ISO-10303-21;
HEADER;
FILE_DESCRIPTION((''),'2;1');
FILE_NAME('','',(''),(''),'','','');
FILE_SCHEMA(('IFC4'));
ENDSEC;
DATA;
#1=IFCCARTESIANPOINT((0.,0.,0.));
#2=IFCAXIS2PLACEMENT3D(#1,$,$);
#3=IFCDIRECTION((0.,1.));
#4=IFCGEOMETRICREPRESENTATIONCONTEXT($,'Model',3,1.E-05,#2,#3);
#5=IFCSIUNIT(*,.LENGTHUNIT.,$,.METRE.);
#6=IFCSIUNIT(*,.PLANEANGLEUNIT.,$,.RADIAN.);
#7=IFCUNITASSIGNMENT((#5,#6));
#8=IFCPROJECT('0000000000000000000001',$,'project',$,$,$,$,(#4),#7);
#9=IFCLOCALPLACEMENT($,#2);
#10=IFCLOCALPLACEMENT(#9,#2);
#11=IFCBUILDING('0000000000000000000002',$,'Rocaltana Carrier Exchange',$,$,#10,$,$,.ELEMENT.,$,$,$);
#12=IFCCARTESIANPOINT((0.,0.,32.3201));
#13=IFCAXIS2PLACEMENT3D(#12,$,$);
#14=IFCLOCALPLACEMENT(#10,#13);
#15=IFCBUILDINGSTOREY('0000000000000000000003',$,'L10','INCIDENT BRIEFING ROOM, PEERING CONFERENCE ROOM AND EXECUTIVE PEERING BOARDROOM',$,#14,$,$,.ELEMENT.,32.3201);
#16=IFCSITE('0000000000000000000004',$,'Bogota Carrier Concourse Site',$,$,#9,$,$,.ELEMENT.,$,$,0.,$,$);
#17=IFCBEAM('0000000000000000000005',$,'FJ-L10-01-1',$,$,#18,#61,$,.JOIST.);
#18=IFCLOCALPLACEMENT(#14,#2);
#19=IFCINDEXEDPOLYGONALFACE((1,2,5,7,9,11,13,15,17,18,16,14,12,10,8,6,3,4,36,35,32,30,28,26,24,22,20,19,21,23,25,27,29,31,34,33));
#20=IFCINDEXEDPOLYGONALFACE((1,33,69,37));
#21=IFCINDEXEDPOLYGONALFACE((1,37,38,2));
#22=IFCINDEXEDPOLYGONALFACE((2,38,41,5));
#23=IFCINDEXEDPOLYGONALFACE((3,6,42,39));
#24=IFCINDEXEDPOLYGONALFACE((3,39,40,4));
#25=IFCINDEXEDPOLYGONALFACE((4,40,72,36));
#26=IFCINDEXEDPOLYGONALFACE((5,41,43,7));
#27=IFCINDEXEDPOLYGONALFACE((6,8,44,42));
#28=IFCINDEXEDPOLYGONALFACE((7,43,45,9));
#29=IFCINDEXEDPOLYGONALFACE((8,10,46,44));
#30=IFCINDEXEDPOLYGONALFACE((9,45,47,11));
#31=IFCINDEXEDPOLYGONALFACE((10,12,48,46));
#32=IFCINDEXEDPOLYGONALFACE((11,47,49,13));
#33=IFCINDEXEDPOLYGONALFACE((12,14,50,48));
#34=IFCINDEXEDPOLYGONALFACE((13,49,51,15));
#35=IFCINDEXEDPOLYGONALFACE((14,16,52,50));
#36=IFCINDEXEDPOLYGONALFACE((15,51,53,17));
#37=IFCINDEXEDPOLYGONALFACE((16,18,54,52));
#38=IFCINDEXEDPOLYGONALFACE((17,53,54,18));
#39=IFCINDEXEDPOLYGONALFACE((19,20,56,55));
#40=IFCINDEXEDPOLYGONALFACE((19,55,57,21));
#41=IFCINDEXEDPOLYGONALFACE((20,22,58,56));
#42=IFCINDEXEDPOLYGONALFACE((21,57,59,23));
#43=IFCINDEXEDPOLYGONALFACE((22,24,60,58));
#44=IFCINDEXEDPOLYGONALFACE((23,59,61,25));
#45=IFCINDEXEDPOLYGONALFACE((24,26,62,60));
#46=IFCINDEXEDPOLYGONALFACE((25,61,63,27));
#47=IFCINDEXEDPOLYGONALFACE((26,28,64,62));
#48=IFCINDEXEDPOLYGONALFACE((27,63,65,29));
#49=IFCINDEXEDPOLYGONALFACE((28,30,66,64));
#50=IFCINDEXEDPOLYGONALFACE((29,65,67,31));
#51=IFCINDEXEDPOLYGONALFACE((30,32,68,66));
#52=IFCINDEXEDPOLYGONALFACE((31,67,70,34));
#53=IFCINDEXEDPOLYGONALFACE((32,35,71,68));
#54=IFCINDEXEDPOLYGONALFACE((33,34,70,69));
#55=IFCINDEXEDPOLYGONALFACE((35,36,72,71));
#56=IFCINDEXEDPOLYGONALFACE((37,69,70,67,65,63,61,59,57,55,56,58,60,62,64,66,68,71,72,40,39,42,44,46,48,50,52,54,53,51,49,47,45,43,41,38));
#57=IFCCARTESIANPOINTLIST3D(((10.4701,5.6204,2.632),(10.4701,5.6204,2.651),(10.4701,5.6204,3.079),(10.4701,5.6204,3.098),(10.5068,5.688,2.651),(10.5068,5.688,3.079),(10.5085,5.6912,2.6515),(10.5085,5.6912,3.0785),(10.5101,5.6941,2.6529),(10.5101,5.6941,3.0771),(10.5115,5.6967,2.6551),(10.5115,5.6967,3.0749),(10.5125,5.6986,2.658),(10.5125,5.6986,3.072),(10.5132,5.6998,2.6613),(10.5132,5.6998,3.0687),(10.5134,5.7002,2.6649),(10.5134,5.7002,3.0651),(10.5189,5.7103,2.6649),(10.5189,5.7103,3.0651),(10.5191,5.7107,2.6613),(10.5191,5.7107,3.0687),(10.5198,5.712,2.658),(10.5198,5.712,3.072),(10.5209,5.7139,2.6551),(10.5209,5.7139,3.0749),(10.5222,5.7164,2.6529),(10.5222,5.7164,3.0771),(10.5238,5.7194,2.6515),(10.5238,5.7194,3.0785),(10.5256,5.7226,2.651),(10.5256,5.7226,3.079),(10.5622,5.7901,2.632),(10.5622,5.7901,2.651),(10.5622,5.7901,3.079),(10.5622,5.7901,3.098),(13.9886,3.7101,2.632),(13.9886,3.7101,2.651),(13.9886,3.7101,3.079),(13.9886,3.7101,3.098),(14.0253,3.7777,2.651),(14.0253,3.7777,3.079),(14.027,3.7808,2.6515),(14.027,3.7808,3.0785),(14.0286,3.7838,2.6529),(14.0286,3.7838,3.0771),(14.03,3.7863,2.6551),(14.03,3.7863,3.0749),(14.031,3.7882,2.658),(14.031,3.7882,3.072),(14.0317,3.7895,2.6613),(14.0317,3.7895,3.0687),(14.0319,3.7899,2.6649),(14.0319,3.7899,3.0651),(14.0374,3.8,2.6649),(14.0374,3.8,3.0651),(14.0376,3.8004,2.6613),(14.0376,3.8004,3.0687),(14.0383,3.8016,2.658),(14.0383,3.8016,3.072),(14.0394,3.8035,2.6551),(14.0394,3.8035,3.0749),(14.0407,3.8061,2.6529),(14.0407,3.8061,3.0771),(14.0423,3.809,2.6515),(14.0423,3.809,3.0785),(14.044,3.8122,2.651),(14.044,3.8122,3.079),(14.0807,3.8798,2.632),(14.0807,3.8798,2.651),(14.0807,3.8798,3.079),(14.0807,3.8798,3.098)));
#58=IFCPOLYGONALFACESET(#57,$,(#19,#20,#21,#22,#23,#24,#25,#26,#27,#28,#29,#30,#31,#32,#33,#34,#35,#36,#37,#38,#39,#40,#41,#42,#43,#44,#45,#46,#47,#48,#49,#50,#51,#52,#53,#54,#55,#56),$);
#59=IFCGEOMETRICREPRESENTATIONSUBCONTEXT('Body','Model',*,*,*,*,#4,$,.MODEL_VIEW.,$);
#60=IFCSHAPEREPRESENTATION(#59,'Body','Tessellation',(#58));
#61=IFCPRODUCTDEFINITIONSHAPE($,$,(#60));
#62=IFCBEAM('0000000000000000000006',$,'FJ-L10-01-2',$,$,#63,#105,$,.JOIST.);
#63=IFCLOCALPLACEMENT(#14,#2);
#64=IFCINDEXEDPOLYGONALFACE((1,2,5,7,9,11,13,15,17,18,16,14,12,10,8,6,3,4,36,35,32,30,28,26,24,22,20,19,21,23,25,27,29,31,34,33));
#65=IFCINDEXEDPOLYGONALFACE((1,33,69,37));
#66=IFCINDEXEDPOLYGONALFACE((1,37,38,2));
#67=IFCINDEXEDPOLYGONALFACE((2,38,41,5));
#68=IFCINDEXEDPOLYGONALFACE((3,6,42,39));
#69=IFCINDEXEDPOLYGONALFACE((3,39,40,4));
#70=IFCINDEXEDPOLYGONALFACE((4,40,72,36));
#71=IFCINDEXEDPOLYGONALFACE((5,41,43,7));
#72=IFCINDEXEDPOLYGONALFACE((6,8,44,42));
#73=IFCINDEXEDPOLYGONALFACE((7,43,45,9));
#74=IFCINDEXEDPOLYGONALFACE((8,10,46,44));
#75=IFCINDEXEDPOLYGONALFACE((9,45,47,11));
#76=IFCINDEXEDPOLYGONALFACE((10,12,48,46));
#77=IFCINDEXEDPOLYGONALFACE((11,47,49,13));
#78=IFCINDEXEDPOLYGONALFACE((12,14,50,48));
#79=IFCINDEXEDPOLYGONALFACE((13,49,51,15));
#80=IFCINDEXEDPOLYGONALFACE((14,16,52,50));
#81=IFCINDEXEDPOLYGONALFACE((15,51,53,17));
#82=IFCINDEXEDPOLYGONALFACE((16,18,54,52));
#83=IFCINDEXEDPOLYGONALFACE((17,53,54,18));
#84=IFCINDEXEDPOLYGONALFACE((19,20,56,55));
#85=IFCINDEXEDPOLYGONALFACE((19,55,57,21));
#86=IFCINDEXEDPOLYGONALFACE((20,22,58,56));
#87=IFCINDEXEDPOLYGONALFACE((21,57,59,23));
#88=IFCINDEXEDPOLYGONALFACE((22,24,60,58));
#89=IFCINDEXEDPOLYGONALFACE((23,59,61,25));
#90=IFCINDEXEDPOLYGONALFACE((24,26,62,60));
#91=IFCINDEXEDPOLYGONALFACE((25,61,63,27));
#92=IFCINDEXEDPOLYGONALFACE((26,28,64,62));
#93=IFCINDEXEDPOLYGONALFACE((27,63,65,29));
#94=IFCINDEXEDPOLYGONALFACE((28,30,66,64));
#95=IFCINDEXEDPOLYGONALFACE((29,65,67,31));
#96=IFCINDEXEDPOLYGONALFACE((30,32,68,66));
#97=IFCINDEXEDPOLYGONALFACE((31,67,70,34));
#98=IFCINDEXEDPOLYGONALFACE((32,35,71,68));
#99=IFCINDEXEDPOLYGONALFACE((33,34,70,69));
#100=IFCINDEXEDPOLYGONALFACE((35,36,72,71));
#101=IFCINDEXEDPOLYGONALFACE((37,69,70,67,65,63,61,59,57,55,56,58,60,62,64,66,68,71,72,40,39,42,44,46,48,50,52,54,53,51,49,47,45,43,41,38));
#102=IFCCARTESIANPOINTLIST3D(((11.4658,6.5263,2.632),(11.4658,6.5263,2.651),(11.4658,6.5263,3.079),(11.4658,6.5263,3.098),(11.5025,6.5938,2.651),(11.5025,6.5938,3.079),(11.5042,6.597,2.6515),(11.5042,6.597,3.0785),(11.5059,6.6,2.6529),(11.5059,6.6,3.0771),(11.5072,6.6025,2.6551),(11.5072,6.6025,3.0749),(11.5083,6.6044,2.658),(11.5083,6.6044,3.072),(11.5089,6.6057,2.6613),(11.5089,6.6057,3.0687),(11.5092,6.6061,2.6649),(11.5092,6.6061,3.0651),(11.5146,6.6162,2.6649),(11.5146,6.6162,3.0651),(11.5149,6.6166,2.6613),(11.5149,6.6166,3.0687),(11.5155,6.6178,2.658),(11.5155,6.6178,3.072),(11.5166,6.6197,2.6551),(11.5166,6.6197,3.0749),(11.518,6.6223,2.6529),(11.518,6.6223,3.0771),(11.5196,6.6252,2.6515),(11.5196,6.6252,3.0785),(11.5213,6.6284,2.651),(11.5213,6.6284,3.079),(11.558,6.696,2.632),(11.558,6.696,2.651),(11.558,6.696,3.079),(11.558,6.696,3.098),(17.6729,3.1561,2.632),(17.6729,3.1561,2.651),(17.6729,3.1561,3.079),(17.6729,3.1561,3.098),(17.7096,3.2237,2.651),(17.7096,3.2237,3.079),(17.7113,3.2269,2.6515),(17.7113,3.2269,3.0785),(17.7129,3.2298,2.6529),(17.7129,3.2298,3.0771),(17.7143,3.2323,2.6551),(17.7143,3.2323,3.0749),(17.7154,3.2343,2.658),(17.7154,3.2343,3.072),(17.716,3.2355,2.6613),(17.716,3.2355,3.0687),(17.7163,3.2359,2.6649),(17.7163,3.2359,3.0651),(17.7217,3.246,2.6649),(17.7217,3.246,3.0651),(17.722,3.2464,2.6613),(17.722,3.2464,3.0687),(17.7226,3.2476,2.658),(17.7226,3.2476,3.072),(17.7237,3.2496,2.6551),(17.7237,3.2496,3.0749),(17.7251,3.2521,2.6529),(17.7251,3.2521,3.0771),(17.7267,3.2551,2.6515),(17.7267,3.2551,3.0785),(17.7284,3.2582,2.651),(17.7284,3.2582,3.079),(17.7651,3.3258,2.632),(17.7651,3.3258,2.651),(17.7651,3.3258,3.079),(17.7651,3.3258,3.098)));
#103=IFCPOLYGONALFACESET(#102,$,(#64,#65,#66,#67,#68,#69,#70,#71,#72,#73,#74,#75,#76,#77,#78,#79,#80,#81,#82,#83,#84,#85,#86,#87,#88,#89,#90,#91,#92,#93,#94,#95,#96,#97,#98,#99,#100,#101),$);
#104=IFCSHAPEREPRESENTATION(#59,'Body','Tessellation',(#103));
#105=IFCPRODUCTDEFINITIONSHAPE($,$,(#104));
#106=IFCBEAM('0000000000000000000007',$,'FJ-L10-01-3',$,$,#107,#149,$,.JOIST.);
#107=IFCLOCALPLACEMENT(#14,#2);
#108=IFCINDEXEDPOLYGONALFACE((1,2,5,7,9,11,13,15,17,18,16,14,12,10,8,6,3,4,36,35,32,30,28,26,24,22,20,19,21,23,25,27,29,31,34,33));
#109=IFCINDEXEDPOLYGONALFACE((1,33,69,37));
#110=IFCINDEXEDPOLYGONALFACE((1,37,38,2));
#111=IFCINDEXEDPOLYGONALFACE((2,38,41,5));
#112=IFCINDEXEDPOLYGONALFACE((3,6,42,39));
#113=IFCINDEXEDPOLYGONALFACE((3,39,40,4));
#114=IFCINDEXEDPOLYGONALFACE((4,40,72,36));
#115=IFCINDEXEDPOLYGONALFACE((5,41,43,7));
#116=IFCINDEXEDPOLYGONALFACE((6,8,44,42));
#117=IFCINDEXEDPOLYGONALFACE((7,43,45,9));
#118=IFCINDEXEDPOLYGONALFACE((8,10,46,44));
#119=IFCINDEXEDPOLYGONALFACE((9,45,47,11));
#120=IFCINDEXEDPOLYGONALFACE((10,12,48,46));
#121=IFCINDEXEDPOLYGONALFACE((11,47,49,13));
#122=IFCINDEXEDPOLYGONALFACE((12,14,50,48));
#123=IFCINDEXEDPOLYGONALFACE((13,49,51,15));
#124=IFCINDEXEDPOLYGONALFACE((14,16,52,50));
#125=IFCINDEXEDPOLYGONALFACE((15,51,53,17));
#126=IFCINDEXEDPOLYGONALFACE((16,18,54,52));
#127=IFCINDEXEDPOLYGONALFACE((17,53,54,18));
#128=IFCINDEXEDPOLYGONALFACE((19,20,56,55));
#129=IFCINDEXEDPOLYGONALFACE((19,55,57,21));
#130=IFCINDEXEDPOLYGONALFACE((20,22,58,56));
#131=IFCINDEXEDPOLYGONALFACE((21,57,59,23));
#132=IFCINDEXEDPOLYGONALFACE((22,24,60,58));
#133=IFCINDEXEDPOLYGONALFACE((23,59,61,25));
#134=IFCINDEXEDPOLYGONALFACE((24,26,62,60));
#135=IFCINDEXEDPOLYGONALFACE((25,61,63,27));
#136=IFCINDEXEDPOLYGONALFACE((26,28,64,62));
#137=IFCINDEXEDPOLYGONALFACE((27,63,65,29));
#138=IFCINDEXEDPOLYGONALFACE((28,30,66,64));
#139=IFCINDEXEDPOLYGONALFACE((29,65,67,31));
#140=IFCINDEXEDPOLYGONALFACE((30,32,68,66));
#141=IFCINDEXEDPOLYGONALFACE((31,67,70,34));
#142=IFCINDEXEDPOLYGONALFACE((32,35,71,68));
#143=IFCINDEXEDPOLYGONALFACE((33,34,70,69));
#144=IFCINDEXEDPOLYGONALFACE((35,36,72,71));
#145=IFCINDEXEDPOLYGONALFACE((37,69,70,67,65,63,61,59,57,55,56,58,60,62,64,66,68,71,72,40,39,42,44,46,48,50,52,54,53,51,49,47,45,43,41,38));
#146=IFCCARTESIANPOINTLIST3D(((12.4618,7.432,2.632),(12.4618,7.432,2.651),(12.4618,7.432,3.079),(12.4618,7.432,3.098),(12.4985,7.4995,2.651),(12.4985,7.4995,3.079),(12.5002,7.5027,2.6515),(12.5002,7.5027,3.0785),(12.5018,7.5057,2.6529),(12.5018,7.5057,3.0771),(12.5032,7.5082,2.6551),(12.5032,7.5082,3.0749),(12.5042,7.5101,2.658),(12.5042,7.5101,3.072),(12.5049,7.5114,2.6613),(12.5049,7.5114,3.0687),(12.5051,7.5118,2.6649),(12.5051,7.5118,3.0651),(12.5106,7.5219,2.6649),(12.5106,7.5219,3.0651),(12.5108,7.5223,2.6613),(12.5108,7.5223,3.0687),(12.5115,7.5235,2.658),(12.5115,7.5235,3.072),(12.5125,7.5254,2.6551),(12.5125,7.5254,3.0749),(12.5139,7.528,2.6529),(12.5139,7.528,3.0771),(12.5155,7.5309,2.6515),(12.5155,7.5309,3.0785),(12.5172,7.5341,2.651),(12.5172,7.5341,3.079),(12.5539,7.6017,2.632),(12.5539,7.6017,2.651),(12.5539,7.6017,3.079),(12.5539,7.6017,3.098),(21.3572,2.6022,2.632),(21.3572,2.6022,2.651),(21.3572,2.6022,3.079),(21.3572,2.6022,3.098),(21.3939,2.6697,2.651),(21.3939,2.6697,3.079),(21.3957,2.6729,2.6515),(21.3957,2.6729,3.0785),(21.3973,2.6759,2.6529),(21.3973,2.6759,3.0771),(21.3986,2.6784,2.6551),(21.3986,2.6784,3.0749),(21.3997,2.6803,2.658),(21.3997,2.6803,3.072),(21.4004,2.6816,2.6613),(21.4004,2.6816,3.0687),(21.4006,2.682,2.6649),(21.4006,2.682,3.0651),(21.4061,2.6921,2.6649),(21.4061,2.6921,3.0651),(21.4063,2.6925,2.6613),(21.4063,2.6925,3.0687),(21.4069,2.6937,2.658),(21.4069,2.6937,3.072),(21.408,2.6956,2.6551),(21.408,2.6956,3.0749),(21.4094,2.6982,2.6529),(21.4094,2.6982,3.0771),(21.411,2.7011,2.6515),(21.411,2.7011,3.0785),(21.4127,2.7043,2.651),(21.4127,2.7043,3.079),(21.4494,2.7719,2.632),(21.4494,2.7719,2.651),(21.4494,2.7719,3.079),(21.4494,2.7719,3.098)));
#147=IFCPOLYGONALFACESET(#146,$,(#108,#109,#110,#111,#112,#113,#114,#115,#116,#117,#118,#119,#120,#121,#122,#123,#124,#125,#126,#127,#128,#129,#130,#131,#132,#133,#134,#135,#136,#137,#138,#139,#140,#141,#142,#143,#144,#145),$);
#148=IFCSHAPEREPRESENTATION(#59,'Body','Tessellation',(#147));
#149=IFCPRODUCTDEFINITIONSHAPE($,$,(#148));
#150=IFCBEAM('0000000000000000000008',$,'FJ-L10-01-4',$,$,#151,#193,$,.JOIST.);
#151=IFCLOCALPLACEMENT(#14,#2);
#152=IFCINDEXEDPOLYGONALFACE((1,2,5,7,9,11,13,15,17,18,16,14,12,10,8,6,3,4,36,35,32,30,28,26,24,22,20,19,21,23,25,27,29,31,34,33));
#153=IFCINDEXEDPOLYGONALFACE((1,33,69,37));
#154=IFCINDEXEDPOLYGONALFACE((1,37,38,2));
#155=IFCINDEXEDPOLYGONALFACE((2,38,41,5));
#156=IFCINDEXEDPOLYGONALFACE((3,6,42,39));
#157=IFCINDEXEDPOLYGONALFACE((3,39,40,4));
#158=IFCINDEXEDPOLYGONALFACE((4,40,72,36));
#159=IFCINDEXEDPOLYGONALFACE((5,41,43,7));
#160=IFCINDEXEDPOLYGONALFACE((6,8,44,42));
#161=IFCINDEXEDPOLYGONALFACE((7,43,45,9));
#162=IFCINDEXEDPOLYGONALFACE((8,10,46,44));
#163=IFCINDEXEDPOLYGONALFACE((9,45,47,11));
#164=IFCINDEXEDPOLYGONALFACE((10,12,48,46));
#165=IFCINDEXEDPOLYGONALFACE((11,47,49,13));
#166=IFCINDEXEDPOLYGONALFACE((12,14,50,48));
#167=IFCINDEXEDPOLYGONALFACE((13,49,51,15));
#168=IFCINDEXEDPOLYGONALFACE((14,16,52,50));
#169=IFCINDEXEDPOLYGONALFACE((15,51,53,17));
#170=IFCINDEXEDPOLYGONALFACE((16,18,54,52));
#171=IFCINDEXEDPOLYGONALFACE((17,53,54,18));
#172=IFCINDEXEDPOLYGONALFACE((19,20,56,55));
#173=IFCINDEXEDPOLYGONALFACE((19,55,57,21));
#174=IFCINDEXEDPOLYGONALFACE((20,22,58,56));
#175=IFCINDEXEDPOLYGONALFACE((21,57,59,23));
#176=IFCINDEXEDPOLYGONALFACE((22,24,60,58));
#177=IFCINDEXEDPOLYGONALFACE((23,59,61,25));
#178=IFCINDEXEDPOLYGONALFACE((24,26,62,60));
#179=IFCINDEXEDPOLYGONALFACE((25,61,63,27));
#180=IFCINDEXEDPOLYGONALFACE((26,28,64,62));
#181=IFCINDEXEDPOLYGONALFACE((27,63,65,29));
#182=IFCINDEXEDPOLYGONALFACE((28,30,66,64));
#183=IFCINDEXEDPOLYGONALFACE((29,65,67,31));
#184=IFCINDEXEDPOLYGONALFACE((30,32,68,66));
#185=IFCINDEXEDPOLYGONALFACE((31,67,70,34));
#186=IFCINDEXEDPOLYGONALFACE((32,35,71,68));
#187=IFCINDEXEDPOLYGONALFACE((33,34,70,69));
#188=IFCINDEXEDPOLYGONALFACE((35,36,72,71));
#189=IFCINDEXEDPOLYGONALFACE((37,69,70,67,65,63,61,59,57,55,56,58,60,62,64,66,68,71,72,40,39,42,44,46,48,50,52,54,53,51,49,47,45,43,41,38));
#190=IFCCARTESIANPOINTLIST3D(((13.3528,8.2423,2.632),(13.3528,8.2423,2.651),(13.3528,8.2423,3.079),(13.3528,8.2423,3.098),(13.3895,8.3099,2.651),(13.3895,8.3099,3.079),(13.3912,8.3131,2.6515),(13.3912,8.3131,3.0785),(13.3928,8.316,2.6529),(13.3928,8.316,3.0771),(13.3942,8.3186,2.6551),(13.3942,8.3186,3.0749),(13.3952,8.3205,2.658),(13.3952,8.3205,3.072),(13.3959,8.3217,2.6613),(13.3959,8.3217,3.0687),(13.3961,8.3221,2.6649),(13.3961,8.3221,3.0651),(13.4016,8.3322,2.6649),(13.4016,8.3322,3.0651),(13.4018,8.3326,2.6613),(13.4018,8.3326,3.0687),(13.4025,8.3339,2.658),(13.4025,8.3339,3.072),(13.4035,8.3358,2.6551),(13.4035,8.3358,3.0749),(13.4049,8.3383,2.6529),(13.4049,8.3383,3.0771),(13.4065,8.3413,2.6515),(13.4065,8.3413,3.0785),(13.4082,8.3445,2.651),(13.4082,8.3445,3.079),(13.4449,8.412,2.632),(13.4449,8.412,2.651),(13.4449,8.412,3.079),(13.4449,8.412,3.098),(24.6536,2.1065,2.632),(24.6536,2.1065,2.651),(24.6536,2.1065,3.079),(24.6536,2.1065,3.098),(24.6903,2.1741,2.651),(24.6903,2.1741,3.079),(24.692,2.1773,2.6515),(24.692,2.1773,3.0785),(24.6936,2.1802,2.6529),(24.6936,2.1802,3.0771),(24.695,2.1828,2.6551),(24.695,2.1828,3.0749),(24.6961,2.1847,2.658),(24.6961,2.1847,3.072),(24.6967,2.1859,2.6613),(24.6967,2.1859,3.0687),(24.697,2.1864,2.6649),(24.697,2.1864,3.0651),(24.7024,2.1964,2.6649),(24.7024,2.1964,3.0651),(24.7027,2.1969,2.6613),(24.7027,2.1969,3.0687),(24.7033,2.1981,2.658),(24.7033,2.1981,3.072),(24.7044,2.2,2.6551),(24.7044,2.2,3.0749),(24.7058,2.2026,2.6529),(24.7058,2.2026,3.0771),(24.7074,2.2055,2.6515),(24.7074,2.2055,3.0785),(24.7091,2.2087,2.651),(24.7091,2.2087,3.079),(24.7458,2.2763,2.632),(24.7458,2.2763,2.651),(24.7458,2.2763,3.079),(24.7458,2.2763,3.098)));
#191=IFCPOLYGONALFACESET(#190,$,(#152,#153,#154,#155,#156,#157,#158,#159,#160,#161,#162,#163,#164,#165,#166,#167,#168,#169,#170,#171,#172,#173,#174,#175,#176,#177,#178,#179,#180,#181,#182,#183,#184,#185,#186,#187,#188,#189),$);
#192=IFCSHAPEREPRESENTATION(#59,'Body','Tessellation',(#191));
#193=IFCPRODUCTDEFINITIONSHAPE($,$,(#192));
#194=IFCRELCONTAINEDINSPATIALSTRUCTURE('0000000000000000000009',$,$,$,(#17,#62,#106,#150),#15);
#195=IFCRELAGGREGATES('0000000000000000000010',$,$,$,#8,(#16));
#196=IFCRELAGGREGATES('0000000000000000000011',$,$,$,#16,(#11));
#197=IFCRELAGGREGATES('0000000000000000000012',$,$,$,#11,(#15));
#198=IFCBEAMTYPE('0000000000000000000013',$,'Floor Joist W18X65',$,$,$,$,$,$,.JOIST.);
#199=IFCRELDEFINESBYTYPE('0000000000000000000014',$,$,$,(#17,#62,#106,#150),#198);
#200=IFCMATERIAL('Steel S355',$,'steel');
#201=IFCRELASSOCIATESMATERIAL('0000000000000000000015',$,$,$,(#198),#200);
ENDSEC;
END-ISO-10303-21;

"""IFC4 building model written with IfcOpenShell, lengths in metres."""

from ifc_helpers import new_model, si_unit, direction, frame, origin, origin_2d, place, context, subcontext, project, spatial, i_section, extrude, material, material_profile, profile_set, type_object, element, save


model = new_model("IFC4")

# Units and contexts
model_context = context("Model", 3, precision=1e-05, world=origin(), true_north=direction((0.0, 1.0)))
body_context = subcontext(model_context, "Body", "Model", "MODEL_VIEW")
ifc_project = project(units=[si_unit("LENGTHUNIT", "METRE"), si_unit("PLANEANGLEUNIT", "RADIAN")], contexts=[model_context])

# Site, building, storey
site_placement = place(None, origin())
site = spatial("IfcSite", under=ifc_project, at=site_placement, Name="Bogota Carrier Concourse Site", CompositionType="ELEMENT", RefElevation=0.0)
building_placement = place(site_placement, origin())
building = spatial("IfcBuilding", under=site, at=building_placement, Name="Rocaltana Carrier Exchange", CompositionType="ELEMENT")
storey_placement = place(building_placement, frame((0.0, 0.0, 32.3201)))
storey = spatial("IfcBuildingStorey", under=building, at=storey_placement, Name="L10", Description="INCIDENT BRIEFING ROOM, PEERING CONFERENCE ROOM AND EXECUTIVE PEERING BOARDROOM", CompositionType="ELEMENT", Elevation=32.3201)

# Beams
ifc_material_1 = material(Name="Steel S355", Category="steel")
ifc_material_profile_1 = material_profile(ifc_material_1, i_section(OverallWidth=0.1931, OverallDepth=0.4661, WebThickness=0.0115, FlangeThickness=0.019, FilletRadius=0.0139, at=origin_2d()), Name="W18X65")
ifc_profile_set_1 = profile_set([ifc_material_profile_1], Name="Steel S355")
beam_type_1 = type_object("IfcBeamType", Name="Floor Joist W18X65", PredefinedType="JOIST", material=ifc_profile_set_1)
beam_1_placement = place(storey_placement, frame((14.0347, 3.7949, 2.865), z_axis=(-0.878819, 0.477155, 0.0), x_axis=(-0.477155, -0.878819, 0.0)))
element("IfcBeam", 1, at=beam_1_placement, inside=storey, type_object=beam_type_1, Name="FJ-L10-01-1", PredefinedType="JOIST", context=body_context, shape_type="SweptSolid", body=[
    extrude(i_section(OverallWidth=0.1931, OverallDepth=0.4661, WebThickness=0.0115, FlangeThickness=0.019, FilletRadius=0.0139, at=origin_2d()), origin(), (0.0, 0.0, 1.0), 4.0037),
])
beam_2_placement = place(storey_placement, frame((17.719, 3.241, 2.865), z_axis=(-0.878819, 0.477156, 0.0), x_axis=(-0.477156, -0.878819, 0.0)))
element("IfcBeam", 2, at=beam_2_placement, inside=storey, type_object=beam_type_1, Name="FJ-L10-01-2", PredefinedType="JOIST", context=body_context, shape_type="SweptSolid", body=[
    extrude(i_section(OverallWidth=0.1931, OverallDepth=0.4661, WebThickness=0.0115, FlangeThickness=0.019, FilletRadius=0.0139, at=origin_2d()), origin(), (0.0, 0.0, 1.0), 7.063),
])
beam_3_placement = place(storey_placement, frame((21.4033, 2.687, 2.865), z_axis=(-0.878818, 0.477156, 0.0), x_axis=(-0.477156, -0.878818, 0.0)))
element("IfcBeam", 3, at=beam_3_placement, inside=storey, type_object=beam_type_1, Name="FJ-L10-01-3", PredefinedType="JOIST", context=body_context, shape_type="SweptSolid", body=[
    extrude(i_section(OverallWidth=0.1931, OverallDepth=0.4661, WebThickness=0.0115, FlangeThickness=0.019, FilletRadius=0.0139, at=origin_2d()), origin(), (0.0, 0.0, 1.0), 10.1221),
])
beam_4_placement = place(storey_placement, frame((24.6997, 2.1914, 2.865), z_axis=(-0.87882, 0.477154, 0.0), x_axis=(-0.477154, -0.87882, 0.0)))
element("IfcBeam", 4, at=beam_4_placement, inside=storey, type_object=beam_type_1, Name="FJ-L10-01-4", PredefinedType="JOIST", context=body_context, shape_type="SweptSolid", body=[
    extrude(i_section(OverallWidth=0.1931, OverallDepth=0.4661, WebThickness=0.0115, FlangeThickness=0.019, FilletRadius=0.0139, at=origin_2d()), origin(), (0.0, 0.0, 1.0), 12.8591),
])

save(model, "model.ifc")
